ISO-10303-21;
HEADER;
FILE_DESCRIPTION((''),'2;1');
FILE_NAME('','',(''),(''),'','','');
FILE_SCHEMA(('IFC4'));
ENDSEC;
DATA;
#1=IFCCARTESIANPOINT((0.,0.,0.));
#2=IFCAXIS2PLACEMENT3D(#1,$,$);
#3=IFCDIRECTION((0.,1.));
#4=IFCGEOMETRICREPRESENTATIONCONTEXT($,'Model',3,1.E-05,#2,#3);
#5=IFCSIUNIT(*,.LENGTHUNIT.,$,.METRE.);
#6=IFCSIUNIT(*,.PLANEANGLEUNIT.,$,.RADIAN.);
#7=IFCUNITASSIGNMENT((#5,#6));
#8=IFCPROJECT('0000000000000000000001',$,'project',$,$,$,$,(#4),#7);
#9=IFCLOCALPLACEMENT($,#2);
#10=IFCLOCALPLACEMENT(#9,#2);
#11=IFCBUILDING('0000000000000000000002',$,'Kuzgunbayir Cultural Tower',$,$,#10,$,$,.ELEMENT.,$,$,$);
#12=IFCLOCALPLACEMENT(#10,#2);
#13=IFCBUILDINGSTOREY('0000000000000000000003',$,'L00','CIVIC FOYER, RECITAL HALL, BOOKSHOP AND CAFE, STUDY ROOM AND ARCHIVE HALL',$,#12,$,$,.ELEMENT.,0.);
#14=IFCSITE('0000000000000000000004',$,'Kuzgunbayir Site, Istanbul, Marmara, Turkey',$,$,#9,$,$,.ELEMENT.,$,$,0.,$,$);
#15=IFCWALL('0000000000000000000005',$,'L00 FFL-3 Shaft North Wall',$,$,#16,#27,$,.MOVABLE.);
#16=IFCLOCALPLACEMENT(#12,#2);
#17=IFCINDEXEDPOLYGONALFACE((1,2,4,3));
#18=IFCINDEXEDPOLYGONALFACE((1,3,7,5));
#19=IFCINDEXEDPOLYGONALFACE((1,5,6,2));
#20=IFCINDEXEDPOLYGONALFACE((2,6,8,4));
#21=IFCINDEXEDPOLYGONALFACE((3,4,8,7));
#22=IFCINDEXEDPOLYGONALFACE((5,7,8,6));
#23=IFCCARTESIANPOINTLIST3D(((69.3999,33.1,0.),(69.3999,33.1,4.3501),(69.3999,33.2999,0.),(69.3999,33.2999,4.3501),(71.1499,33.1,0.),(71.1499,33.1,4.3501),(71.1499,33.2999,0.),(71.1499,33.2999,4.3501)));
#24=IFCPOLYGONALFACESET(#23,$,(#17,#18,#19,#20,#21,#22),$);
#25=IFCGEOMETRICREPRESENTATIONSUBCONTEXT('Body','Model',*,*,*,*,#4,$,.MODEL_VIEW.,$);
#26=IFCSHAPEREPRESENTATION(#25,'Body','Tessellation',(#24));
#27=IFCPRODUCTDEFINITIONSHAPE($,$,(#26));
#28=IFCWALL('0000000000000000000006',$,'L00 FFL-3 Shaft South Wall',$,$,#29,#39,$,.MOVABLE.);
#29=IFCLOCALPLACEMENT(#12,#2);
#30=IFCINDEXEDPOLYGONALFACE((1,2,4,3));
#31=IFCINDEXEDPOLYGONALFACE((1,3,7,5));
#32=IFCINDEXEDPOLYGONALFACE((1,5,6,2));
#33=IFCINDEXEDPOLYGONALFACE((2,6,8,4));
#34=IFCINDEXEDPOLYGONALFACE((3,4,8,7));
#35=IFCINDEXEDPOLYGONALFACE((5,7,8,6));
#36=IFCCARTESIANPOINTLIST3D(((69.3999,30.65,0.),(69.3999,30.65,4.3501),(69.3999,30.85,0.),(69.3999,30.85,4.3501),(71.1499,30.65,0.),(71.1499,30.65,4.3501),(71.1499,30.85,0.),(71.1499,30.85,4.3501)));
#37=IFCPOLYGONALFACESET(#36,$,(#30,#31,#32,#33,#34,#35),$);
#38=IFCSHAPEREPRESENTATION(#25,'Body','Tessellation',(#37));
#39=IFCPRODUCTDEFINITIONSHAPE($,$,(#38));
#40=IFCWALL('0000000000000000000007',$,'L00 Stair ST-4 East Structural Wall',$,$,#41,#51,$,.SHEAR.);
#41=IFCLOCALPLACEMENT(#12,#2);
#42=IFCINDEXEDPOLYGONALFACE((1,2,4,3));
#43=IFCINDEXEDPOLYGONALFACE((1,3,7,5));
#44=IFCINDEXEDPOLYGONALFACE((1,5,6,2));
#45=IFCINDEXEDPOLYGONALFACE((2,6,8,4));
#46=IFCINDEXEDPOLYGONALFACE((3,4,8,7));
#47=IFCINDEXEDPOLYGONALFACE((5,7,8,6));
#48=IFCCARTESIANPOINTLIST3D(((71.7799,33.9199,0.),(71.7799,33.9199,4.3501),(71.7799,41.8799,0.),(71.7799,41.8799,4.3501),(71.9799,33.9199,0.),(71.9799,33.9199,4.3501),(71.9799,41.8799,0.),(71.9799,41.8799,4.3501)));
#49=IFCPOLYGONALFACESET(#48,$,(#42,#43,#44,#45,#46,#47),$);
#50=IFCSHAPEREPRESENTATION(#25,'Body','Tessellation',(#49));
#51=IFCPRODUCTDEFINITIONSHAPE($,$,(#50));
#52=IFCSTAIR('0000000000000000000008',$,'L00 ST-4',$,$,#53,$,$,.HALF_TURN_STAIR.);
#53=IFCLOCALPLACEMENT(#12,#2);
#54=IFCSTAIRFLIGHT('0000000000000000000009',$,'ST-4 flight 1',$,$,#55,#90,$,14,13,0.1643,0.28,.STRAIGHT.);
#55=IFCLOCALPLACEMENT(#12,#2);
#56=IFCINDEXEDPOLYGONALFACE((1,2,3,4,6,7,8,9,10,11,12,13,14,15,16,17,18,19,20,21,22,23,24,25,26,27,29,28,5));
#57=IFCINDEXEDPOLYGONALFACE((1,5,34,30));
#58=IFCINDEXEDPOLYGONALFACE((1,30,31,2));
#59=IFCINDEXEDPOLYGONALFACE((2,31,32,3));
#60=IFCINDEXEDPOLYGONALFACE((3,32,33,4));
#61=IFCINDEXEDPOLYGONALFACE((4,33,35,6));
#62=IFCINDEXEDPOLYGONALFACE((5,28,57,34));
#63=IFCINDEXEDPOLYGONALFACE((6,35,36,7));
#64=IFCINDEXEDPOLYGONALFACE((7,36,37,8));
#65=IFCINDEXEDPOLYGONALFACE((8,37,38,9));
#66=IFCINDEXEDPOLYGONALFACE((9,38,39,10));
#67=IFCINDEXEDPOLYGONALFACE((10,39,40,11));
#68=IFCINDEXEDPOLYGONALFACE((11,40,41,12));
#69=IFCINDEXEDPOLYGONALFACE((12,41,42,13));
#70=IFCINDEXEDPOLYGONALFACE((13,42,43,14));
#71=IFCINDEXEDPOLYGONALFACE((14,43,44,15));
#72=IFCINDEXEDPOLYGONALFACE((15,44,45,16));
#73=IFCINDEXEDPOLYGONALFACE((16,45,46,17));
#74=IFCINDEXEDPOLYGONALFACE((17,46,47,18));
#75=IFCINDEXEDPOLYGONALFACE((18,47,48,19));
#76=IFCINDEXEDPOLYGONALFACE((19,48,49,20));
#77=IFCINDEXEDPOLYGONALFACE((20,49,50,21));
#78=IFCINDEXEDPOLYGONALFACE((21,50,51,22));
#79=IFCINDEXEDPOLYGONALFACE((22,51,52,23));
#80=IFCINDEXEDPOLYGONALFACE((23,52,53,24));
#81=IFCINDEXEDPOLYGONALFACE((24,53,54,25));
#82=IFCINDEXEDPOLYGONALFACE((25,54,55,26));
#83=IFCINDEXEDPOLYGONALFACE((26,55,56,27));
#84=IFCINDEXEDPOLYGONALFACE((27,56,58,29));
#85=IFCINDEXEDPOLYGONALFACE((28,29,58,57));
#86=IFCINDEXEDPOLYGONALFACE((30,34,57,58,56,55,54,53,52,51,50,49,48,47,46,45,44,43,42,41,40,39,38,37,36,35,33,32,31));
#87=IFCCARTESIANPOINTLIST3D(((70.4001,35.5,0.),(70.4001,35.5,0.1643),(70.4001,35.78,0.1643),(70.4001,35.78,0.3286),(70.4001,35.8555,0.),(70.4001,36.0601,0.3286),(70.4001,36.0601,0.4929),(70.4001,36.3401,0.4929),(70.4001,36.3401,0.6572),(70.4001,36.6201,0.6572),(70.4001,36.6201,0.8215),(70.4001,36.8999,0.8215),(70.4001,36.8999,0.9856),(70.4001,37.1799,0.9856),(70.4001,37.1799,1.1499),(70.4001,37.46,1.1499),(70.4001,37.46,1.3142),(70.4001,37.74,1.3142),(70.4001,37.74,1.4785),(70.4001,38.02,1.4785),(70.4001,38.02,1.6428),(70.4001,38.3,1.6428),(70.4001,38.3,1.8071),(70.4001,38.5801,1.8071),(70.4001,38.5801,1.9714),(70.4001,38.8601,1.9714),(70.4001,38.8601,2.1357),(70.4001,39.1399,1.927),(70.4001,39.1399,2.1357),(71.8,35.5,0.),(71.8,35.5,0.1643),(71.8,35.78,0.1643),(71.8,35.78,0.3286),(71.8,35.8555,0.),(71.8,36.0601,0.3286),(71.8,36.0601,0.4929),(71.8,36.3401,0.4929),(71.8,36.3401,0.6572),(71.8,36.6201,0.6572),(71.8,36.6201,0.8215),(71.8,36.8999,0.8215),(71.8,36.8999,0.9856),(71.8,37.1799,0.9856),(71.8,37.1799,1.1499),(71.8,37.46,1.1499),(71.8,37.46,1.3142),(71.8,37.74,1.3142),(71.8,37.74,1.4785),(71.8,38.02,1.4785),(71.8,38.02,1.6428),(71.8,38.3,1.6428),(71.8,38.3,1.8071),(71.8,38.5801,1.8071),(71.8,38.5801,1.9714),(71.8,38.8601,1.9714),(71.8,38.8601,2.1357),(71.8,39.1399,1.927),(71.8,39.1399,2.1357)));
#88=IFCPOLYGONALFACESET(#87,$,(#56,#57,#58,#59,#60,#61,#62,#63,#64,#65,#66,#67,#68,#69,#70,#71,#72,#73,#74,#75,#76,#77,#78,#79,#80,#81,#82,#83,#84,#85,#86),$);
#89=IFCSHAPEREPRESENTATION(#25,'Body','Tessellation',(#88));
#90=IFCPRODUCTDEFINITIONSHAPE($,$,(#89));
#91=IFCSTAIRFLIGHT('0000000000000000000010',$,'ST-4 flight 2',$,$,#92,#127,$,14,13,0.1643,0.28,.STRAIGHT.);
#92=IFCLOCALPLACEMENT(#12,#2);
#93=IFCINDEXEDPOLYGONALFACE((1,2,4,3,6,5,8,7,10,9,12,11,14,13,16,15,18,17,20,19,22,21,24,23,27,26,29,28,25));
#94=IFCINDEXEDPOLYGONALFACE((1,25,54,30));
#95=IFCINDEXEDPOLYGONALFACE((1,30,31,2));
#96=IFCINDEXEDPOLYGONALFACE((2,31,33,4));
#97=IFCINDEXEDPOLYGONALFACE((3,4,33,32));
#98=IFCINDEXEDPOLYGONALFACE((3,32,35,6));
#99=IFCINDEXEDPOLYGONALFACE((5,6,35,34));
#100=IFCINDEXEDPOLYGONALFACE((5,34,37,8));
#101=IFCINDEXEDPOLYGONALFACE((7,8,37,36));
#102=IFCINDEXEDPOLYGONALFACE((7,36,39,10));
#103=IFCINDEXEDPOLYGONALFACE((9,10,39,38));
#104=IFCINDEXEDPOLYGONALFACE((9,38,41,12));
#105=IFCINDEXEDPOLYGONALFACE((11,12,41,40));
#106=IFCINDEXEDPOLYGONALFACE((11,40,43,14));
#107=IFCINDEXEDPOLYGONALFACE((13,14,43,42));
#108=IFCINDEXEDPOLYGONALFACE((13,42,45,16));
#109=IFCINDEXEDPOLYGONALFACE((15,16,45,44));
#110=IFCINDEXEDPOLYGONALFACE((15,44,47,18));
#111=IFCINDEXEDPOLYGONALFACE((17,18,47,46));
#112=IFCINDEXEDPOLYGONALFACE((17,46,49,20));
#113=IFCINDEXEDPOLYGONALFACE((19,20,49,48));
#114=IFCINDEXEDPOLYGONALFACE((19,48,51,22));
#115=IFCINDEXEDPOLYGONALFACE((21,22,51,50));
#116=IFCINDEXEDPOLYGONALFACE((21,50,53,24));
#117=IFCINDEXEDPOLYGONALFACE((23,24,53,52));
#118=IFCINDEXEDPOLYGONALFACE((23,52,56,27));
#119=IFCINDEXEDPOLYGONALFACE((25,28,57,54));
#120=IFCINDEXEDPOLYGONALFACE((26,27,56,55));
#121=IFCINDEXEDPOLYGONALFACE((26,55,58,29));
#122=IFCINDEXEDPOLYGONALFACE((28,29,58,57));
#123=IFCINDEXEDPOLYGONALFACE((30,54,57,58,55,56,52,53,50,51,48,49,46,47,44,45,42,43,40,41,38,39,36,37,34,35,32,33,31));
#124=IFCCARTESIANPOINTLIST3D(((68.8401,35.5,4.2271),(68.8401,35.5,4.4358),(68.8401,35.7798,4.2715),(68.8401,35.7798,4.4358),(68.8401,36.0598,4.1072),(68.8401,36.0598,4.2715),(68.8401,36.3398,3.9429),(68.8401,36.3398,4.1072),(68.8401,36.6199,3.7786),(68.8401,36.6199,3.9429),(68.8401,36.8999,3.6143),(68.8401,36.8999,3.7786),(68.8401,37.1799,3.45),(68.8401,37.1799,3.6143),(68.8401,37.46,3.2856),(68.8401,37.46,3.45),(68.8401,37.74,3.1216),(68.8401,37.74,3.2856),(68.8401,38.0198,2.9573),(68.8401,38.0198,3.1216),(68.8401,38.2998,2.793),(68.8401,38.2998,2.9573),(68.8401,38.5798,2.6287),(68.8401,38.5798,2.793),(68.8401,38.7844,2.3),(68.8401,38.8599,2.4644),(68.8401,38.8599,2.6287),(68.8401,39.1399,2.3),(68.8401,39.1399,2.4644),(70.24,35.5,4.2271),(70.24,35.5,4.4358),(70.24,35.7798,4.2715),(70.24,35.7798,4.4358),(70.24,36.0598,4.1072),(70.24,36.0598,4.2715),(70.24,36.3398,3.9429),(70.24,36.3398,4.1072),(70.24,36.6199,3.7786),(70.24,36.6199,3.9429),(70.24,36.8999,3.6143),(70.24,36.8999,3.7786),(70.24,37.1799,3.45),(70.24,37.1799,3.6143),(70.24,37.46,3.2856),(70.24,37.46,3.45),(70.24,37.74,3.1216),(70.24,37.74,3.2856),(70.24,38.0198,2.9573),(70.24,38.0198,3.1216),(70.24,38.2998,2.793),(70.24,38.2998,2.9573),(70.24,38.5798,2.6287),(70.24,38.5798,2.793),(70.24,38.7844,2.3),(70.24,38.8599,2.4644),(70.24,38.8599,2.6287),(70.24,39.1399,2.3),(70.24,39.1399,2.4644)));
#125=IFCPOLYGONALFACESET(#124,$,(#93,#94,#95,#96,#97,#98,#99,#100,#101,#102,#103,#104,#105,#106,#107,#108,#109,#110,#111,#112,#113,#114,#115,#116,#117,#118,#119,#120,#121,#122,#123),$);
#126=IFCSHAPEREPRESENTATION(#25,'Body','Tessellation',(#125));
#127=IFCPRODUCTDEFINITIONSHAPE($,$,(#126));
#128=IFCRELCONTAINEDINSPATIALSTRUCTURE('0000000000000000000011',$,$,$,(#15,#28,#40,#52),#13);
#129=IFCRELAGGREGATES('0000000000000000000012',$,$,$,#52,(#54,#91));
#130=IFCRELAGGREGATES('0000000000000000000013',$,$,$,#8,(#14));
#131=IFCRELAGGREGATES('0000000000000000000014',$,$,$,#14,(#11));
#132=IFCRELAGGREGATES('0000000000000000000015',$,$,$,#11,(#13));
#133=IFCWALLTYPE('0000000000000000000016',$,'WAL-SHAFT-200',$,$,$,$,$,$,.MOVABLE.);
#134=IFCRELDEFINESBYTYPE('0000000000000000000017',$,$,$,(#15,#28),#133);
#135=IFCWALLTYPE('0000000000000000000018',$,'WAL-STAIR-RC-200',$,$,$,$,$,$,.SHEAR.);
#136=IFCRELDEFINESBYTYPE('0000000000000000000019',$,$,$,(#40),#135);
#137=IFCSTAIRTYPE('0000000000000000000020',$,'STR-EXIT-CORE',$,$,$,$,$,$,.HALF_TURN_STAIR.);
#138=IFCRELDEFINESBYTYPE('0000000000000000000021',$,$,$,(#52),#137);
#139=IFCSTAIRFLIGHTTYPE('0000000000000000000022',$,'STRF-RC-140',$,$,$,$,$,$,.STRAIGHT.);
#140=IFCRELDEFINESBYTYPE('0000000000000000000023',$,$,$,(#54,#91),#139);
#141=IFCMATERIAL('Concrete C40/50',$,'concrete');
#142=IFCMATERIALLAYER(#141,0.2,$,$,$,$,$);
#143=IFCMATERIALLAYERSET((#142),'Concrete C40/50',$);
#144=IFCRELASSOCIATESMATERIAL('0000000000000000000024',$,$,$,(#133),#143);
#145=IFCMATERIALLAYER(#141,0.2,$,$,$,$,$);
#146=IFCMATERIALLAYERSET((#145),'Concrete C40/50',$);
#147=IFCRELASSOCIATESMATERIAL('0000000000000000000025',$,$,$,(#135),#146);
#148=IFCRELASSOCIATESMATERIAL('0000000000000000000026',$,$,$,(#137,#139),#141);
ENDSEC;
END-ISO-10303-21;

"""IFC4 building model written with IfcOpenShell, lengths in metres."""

from ifc_helpers import new_model, si_unit, direction, frame, frame_2d, origin, place, context, subcontext, project, spatial, polyline, rectangle, outline, extrude, material, layer, layer_set, type_object, element, aggregate, save


model = new_model("IFC4")

# Units and contexts
model_context = context("Model", 3, precision=1e-05, world=origin(), true_north=direction((0.0, 1.0)))
body_context = subcontext(model_context, "Body", "Model", "MODEL_VIEW")
ifc_project = project(units=[si_unit("LENGTHUNIT", "METRE"), si_unit("PLANEANGLEUNIT", "RADIAN")], contexts=[model_context])

# Site, building, storey
site_placement = place(None, origin())
site = spatial("IfcSite", under=ifc_project, at=site_placement, Name="Kuzgunbayir Site, Istanbul, Marmara, Turkey", CompositionType="ELEMENT", RefElevation=0.0)
building_placement = place(site_placement, origin())
building = spatial("IfcBuilding", under=site, at=building_placement, Name="Kuzgunbayir Cultural Tower", CompositionType="ELEMENT")
storey_placement = place(building_placement, origin())
storey = spatial("IfcBuildingStorey", under=building, at=storey_placement, Name="L00", Description="CIVIC FOYER, RECITAL HALL, BOOKSHOP AND CAFE, STUDY ROOM AND ARCHIVE HALL", CompositionType="ELEMENT", Elevation=0.0)

# Shared definitions
ifc_material_1 = material(Name="Concrete C40/50", Category="concrete")
ifc_layer_1 = layer(ifc_material_1, 0.2)
ifc_layer_set_1 = layer_set([ifc_layer_1], Name="Concrete C40/50")
wall_type_1 = type_object("IfcWallType", Name="WAL-SHAFT-200", PredefinedType="MOVABLE", material=ifc_layer_set_1)

# Walls
for number, where, z_axis, x_axis, name in (
    (1, (69.3999, 33.2, 0.0), (0.0, 0.0, 1.0), (1.0, 0.0, 0.0), "L00 FFL-3 Shaft North Wall"),
    (2, (69.3999, 30.75, 0.0), (0.0, 0.0, 1.0), (1.0, 0.0, 0.0), "L00 FFL-3 Shaft South Wall"),
):
    element("IfcWall", number, at=place(storey_placement, frame(where, z_axis=z_axis, x_axis=x_axis)), inside=storey, type_object=wall_type_1, Name=name, PredefinedType="MOVABLE", context=body_context, shape_type="SweptSolid", body=[
        extrude(rectangle(XDim=1.75, YDim=0.2, at=frame_2d((0.875, 0.0))), origin(), (0.0, 0.0, 1.0), 4.3501),
    ])
ifc_layer_2 = layer(ifc_material_1, 0.2)
ifc_layer_set_2 = layer_set([ifc_layer_2], Name="Concrete C40/50")
wall_type_2 = type_object("IfcWallType", Name="WAL-STAIR-RC-200", PredefinedType="SHEAR", material=ifc_layer_set_2)
wall_1_placement = place(storey_placement, frame((71.8799, 33.9199, 0.0), z_axis=(0.0, 0.0, 1.0), x_axis=(0.0, 1.0, 0.0)))
element("IfcWall", 3, at=wall_1_placement, inside=storey, type_object=wall_type_2, Name="L00 Stair ST-4 East Structural Wall", PredefinedType="SHEAR", context=body_context, shape_type="SweptSolid", body=[
    extrude(rectangle(XDim=7.96, YDim=0.2, at=frame_2d((3.98, 0.0))), origin(), (0.0, 0.0, 1.0), 4.3501),
])

# Stair, stair flights
stair_type = type_object("IfcStairType", Name="STR-EXIT-CORE", PredefinedType="HALF_TURN_STAIR", material=ifc_material_1)
stair_placement = place(storey_placement, origin())
stair = element("IfcStair", 4, at=stair_placement, inside=storey, type_object=stair_type, Name="L00 ST-4", PredefinedType="HALF_TURN_STAIR")
stair_flight_type = type_object("IfcStairFlightType", Name="STRF-RC-140", PredefinedType="STRAIGHT", material=ifc_material_1)
stair_flight_1_placement = place(storey_placement, frame((71.1001, 35.5, 0.0), z_axis=(0.0, 0.0, 1.0), x_axis=(0.0, 1.0, 0.0)))
stair_flight_1 = element("IfcStairFlight", 5, at=stair_flight_1_placement, type_object=stair_flight_type, Name="ST-4 flight 1", NumberOfRisers=14, NumberOfTreads=13, PredefinedType="STRAIGHT", RiserHeight=0.1643, TreadLength=0.28, context=body_context, shape_type="SweptSolid", body=[
    extrude(outline(polyline([(0.0, 0.0), (0.0, 0.1643), (0.28, 0.1643), (0.28, 0.3286), (0.5601, 0.3286), (0.5601, 0.4929), (0.8401, 0.4929), (0.8401, 0.6572), (1.1201, 0.6572), (1.1201, 0.8215), (1.3999, 0.8215), (1.3999, 0.9856), (1.6799, 0.9856), (1.6799, 1.1499), (1.96, 1.1499), (1.96, 1.3142), (2.24, 1.3142), (2.24, 1.4785), (2.52, 1.4785), (2.52, 1.6428), (2.8, 1.6428), (2.8, 1.8071), (3.0801, 1.8071), (3.0801, 1.9714), (3.3601, 1.9714), (3.3601, 2.1357), (3.6399, 2.1357), (3.6399, 2.3), (3.6399, 1.927), (0.3555, 0.0), (0.0, 0.0)])), frame((0.0, 0.7, 0.0), z_axis=(0.0, -1.0, 0.0), x_axis=(1.0, 0.0, 0.0)), (0.0, 0.0, 1.0), 1.3999),
])
stair_flight_2_placement = place(storey_placement, frame((69.54, 39.1399, 2.3), z_axis=(0.0, 0.0, 1.0), x_axis=(0.0, -1.0, 0.0)))
stair_flight_2 = element("IfcStairFlight", 6, at=stair_flight_2_placement, type_object=stair_flight_type, Name="ST-4 flight 2", NumberOfRisers=14, NumberOfTreads=13, PredefinedType="STRAIGHT", RiserHeight=0.1643, TreadLength=0.28, context=body_context, shape_type="SweptSolid", body=[
    extrude(outline(polyline([(0.0, 0.0), (0.0, 0.1643), (0.28, 0.1643), (0.28, 0.3286), (0.5601, 0.3286), (0.5601, 0.4929), (0.8401, 0.4929), (0.8401, 0.6572), (1.1201, 0.6572), (1.1201, 0.8215), (1.3999, 0.8215), (1.3999, 0.9856), (1.6799, 0.9856), (1.6799, 1.1499), (1.96, 1.1499), (1.96, 1.3142), (2.24, 1.3142), (2.24, 1.4785), (2.52, 1.4785), (2.52, 1.6428), (2.8, 1.6428), (2.8, 1.8071), (3.0801, 1.8071), (3.0801, 1.9714), (3.3601, 1.9714), (3.3601, 2.1357), (3.6399, 2.1357), (3.6399, 2.3), (3.6399, 1.927), (0.3555, 0.0), (0.0, 0.0)])), frame((0.0, 0.7, 0.0), z_axis=(0.0, -1.0, 0.0), x_axis=(1.0, 0.0, 0.0)), (0.0, 0.0, 1.0), 1.3999),
])
aggregate(stair, [stair_flight_1, stair_flight_2])

save(model, "model.ifc")
